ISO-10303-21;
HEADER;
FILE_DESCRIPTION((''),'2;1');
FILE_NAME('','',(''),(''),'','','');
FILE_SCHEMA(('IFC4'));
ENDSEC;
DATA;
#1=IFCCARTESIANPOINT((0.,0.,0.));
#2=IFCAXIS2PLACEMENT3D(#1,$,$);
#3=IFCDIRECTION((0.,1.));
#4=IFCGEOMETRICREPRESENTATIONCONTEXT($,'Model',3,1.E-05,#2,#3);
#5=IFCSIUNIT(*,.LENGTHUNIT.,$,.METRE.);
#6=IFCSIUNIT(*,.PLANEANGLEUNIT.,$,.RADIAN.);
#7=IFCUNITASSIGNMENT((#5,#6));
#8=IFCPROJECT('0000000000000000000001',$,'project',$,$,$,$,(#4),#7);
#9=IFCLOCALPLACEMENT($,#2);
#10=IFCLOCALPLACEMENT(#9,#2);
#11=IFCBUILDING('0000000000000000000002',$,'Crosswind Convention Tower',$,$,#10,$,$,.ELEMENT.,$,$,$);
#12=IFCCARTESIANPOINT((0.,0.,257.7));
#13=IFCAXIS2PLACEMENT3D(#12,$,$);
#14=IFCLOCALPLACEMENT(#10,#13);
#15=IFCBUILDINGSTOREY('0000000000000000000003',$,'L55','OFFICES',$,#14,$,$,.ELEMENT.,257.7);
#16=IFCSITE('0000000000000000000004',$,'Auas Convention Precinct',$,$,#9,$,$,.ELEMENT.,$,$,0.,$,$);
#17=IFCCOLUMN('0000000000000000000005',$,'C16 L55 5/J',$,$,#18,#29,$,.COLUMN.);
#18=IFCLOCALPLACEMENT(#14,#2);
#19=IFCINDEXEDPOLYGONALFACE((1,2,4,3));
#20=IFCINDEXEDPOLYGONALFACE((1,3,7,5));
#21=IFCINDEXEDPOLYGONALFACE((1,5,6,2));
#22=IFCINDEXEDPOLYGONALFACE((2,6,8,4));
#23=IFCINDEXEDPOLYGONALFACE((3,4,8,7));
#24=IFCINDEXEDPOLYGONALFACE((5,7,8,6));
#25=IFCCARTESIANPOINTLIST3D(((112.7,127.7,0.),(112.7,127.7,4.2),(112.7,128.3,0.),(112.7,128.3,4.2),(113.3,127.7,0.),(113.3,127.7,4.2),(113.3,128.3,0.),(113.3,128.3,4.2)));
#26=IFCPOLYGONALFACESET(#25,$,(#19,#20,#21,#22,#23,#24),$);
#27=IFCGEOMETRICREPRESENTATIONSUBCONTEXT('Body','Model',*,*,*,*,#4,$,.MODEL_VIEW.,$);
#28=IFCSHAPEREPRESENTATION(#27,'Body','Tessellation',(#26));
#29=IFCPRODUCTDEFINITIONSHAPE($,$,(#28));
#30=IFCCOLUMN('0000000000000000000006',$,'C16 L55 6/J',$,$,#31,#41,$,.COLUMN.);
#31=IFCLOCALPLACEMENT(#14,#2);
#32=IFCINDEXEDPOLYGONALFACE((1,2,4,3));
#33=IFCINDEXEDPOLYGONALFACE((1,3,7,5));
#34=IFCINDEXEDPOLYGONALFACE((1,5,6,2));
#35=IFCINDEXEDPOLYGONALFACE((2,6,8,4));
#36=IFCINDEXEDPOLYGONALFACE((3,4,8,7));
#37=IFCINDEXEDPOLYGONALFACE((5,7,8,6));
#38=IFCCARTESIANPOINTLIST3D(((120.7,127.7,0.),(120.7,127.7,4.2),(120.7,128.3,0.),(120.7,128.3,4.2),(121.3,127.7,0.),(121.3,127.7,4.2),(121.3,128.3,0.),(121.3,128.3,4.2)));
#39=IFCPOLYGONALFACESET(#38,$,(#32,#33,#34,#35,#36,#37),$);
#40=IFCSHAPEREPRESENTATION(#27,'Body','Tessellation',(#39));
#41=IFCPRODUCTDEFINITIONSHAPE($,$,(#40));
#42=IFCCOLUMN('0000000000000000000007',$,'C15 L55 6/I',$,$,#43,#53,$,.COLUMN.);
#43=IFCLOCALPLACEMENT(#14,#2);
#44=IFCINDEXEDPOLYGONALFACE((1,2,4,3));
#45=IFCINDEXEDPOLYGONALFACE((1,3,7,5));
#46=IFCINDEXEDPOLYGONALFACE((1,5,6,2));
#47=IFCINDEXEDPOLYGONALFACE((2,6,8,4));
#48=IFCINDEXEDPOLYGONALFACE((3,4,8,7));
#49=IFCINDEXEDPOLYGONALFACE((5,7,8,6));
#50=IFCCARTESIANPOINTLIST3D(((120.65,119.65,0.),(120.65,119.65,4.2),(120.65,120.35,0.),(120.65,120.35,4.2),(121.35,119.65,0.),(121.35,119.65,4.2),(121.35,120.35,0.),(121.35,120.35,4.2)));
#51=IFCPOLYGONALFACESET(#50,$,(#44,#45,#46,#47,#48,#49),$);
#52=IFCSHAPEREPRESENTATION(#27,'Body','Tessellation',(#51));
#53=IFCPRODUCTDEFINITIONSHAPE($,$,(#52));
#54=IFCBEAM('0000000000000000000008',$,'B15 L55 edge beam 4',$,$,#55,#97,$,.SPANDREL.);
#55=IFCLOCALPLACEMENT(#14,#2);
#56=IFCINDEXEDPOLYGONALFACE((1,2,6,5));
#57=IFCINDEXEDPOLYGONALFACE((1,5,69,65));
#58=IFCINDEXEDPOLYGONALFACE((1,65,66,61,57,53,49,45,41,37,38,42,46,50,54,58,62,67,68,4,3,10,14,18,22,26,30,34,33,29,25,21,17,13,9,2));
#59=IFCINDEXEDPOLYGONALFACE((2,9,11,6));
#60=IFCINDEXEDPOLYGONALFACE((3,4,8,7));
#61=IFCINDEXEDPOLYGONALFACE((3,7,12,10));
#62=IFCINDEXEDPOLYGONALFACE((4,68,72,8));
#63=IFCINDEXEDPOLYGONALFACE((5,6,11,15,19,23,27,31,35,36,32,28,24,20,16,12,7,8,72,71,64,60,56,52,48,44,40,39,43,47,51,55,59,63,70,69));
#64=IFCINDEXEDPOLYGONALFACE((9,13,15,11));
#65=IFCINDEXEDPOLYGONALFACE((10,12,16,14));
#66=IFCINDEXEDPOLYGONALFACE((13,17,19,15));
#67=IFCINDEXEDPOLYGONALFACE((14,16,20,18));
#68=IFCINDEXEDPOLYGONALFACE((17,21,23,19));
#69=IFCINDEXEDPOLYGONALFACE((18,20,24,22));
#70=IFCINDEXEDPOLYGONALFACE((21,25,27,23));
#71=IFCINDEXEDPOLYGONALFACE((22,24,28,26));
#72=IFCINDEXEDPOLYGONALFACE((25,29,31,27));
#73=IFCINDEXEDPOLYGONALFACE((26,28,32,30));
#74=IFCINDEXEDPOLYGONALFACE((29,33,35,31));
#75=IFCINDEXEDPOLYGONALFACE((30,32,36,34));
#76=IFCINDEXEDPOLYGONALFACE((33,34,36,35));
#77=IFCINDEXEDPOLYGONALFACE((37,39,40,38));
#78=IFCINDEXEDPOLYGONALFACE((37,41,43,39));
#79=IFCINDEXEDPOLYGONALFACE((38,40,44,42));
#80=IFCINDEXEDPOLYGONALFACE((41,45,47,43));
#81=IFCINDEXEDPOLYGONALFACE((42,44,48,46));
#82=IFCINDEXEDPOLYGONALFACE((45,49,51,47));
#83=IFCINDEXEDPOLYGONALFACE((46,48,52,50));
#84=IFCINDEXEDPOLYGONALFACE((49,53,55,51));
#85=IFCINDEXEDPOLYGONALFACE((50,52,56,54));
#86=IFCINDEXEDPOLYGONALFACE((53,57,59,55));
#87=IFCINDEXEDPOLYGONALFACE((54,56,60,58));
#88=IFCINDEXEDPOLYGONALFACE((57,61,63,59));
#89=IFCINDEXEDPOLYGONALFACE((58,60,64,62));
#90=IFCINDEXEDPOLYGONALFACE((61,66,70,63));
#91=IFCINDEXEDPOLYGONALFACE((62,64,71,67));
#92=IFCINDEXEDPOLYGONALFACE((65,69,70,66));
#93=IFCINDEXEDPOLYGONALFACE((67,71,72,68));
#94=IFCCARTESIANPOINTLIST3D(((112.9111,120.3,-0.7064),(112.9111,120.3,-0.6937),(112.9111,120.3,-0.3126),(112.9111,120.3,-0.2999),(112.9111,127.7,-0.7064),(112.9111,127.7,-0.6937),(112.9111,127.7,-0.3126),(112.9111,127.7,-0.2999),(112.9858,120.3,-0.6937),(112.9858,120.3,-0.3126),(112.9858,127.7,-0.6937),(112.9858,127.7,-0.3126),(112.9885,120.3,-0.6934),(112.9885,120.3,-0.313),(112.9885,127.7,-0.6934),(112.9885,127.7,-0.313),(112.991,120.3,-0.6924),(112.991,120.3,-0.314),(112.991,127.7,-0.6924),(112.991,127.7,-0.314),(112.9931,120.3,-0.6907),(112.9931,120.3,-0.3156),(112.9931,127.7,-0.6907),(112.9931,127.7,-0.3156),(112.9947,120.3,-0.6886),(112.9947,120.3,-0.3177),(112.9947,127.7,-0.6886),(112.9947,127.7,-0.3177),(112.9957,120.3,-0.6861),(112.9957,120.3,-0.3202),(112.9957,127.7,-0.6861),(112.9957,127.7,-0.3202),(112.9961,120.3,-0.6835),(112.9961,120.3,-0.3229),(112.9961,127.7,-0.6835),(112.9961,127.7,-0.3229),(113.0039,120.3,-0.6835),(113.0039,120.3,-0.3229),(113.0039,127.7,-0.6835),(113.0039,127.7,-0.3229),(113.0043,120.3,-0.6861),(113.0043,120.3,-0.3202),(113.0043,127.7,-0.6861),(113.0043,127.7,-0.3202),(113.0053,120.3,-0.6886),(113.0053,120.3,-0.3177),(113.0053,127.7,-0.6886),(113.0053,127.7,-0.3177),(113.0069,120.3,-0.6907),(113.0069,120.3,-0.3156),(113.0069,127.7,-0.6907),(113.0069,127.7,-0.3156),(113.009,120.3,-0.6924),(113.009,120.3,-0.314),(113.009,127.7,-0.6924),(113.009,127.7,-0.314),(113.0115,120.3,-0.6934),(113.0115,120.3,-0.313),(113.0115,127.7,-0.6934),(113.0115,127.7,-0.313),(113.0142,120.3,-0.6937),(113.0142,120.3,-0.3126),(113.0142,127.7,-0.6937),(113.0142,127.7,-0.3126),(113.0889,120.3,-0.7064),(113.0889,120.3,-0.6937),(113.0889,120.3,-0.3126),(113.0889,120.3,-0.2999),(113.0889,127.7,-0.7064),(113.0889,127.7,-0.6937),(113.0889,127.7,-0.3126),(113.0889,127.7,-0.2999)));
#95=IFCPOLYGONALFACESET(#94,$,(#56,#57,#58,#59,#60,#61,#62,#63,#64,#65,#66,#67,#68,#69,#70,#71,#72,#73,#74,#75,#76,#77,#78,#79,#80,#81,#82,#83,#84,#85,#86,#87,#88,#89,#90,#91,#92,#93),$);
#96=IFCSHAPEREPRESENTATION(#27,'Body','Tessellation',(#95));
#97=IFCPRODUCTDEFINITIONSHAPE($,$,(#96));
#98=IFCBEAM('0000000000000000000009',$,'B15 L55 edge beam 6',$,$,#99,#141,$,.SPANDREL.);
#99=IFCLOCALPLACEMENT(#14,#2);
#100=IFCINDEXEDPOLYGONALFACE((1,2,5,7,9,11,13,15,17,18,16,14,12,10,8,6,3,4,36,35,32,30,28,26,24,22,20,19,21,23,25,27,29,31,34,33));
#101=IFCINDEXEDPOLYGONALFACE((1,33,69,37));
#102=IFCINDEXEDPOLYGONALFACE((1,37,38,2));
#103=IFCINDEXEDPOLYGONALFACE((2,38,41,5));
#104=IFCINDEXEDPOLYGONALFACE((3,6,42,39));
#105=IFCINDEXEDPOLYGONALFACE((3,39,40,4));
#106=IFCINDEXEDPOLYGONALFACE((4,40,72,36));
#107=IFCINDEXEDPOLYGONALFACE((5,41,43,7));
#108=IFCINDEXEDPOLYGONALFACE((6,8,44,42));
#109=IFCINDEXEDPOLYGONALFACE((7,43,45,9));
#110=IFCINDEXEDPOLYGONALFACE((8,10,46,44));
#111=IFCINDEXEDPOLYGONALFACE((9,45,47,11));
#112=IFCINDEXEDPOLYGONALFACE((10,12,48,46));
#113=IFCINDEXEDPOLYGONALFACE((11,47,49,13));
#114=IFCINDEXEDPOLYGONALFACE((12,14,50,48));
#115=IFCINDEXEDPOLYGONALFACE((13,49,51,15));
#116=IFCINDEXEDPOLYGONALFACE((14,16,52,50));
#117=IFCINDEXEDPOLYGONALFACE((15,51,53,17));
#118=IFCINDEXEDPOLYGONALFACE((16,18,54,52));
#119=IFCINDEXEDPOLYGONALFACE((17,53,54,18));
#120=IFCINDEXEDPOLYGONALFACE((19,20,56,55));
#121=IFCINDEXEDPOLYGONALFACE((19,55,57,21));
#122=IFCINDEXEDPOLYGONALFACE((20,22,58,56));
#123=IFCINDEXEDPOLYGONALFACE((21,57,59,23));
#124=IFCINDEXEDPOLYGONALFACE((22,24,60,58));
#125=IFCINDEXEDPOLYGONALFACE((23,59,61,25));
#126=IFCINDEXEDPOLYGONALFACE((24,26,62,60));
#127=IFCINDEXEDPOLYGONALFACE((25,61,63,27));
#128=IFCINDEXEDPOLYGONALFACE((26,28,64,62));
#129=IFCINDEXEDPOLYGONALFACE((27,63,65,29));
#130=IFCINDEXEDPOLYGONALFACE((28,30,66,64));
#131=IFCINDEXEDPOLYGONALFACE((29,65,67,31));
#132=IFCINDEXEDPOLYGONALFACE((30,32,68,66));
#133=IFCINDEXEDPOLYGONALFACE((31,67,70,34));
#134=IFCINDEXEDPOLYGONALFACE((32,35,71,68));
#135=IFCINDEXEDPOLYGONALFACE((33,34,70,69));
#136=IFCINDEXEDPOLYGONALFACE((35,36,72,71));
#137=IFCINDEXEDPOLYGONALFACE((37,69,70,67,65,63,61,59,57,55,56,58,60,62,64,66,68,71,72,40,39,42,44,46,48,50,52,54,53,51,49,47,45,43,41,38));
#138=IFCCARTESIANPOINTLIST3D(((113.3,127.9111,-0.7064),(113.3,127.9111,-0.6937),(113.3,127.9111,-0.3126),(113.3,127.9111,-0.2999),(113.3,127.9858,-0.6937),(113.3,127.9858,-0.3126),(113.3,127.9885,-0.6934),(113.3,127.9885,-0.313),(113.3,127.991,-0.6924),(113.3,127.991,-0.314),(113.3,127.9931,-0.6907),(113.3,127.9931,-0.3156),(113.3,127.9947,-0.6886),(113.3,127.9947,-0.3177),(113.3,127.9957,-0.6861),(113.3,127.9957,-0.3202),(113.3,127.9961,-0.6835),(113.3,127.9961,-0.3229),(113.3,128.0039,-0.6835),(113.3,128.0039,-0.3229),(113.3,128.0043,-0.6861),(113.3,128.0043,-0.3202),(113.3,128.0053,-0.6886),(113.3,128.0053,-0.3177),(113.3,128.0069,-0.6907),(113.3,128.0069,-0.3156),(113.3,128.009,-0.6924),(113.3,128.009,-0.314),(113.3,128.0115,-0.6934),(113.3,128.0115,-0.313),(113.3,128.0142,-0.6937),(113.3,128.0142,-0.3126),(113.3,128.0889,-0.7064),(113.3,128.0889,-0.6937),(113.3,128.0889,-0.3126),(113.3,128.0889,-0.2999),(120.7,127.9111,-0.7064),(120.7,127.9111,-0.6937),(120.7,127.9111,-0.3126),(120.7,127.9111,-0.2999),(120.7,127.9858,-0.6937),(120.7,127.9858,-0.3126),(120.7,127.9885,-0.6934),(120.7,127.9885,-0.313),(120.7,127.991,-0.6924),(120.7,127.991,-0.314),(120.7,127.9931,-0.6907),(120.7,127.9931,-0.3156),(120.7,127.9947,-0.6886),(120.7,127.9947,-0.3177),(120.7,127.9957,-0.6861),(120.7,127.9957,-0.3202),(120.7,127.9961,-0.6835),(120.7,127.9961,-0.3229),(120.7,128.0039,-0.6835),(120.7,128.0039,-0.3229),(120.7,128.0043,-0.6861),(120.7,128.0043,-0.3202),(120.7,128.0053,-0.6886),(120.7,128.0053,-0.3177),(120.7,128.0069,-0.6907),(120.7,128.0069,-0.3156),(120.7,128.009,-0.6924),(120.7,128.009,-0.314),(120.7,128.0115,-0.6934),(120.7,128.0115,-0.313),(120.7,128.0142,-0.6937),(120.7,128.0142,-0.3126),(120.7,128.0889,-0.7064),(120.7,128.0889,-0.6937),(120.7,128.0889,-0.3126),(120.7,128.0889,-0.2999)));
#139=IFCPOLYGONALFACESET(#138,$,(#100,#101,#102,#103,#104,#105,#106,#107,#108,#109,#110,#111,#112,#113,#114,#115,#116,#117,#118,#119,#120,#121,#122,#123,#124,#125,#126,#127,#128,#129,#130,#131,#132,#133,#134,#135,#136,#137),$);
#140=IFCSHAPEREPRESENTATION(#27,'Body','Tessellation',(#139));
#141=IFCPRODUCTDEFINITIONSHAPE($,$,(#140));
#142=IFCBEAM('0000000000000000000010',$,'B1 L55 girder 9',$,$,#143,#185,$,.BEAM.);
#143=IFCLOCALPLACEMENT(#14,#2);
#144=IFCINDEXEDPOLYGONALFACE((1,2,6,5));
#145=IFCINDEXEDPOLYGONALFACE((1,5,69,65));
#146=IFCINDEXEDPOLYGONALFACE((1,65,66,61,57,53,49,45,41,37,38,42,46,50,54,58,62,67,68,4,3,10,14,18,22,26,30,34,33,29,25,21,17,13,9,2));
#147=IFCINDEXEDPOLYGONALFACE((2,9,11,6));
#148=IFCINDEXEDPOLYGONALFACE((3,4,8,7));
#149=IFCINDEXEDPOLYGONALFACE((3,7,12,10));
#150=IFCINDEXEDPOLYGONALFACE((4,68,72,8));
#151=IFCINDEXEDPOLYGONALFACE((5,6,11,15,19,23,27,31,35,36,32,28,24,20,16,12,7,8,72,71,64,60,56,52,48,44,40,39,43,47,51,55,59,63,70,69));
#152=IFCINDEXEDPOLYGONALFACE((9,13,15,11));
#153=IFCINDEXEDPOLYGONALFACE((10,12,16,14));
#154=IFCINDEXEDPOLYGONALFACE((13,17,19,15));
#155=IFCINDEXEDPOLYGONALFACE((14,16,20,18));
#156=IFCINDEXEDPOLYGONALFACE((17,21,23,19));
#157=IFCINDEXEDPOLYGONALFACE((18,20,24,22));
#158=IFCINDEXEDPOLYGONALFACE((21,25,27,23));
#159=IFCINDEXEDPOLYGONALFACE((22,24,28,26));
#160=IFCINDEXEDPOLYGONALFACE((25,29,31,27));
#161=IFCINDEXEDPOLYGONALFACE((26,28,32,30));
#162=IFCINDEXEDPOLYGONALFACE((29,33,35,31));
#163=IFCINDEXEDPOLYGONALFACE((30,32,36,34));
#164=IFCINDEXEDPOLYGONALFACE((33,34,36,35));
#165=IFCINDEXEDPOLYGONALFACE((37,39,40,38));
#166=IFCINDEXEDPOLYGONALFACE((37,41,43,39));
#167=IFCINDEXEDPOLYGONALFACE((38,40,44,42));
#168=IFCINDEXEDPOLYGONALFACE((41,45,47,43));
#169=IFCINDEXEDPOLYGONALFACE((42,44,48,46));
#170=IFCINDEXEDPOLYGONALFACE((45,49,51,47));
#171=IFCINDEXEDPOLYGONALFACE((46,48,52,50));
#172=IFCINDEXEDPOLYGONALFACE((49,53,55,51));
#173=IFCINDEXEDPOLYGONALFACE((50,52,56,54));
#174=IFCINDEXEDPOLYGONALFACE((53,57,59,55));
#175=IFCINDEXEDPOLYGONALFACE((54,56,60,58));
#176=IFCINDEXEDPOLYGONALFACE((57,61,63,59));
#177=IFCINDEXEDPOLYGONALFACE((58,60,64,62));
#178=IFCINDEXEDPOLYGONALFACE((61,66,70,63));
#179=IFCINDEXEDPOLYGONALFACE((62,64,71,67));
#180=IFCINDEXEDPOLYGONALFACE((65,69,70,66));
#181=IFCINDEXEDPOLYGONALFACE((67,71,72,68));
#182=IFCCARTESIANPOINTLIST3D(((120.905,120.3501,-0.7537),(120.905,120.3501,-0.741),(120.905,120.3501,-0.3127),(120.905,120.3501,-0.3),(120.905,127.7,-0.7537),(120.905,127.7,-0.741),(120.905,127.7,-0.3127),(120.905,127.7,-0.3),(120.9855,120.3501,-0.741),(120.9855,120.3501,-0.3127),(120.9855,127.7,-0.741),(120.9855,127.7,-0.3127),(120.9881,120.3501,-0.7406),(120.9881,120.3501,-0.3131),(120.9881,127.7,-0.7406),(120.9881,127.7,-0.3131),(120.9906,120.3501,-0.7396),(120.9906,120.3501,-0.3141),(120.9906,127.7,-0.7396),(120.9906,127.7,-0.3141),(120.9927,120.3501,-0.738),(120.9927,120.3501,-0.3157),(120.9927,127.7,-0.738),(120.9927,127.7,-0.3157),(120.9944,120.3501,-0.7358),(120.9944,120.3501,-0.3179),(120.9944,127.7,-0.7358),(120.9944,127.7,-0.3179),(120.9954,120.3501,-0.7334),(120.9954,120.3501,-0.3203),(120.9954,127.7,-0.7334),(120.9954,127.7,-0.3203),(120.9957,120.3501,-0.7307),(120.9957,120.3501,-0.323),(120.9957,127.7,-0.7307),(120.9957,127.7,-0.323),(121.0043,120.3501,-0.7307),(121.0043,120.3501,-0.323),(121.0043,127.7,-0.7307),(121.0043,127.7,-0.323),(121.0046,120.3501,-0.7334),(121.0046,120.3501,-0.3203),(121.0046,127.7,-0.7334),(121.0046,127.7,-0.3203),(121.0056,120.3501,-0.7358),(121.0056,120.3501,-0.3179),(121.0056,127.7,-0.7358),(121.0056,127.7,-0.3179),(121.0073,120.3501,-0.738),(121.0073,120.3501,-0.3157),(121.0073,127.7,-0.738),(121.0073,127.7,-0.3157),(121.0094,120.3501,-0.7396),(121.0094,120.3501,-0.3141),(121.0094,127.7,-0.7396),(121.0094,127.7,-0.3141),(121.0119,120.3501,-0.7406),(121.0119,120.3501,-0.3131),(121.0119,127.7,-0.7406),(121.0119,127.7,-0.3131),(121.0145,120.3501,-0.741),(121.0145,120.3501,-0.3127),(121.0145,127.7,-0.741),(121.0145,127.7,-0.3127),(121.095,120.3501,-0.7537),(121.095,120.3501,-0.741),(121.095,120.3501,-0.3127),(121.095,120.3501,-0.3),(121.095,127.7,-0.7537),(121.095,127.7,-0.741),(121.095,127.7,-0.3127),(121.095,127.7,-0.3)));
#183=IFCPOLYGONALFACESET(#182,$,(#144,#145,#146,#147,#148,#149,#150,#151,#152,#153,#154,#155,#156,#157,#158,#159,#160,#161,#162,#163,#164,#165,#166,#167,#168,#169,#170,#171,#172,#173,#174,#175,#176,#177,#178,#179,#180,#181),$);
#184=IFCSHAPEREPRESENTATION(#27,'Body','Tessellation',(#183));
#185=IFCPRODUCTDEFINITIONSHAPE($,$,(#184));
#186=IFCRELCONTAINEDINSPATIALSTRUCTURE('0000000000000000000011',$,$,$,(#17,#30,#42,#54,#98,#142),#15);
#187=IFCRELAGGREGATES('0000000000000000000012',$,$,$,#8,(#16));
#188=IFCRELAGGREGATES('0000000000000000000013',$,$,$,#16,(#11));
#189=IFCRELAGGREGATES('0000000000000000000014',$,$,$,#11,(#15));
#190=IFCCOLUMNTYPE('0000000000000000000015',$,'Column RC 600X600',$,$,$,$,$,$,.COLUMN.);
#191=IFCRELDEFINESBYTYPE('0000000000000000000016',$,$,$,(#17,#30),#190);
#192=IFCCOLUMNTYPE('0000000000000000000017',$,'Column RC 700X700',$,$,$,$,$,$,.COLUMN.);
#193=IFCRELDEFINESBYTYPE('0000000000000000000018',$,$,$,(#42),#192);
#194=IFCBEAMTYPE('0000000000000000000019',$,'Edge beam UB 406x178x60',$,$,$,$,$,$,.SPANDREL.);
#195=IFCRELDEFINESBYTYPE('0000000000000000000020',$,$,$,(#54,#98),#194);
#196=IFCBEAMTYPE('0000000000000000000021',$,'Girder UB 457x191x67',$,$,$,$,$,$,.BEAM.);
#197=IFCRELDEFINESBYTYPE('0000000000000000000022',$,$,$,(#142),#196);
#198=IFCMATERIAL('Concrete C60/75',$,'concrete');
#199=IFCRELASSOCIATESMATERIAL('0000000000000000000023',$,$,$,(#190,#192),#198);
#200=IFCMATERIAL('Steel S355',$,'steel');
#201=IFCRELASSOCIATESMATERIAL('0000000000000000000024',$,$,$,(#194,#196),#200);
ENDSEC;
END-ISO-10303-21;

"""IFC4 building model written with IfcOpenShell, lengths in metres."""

from ifc_helpers import new_model, si_unit, direction, frame, origin, origin_2d, place, context, subcontext, project, spatial, rectangle, i_section, extrude, material, material_profile, profile_set, type_object, element, save


model = new_model("IFC4")

# Units and contexts
model_context = context("Model", 3, precision=1e-05, world=origin(), true_north=direction((0.0, 1.0)))
body_context = subcontext(model_context, "Body", "Model", "MODEL_VIEW")
ifc_project = project(units=[si_unit("LENGTHUNIT", "METRE"), si_unit("PLANEANGLEUNIT", "RADIAN")], contexts=[model_context])

# Site, building, storey
site_placement = place(None, origin())
site = spatial("IfcSite", under=ifc_project, at=site_placement, Name="Auas Convention Precinct", CompositionType="ELEMENT", RefElevation=0.0)
building_placement = place(site_placement, origin())
building = spatial("IfcBuilding", under=site, at=building_placement, Name="Crosswind Convention Tower", CompositionType="ELEMENT")
storey_placement = place(building_placement, frame((0.0, 0.0, 257.7)))
storey = spatial("IfcBuildingStorey", under=building, at=storey_placement, Name="L55", Description="OFFICES", CompositionType="ELEMENT", Elevation=257.7)

# Columns
ifc_material_1 = material(Name="Concrete C60/75", Category="concrete")
ifc_material_profile_1 = material_profile(ifc_material_1, rectangle(XDim=0.6001, YDim=0.6001, at=origin_2d()), Name="RC 600X600")
ifc_profile_set_1 = profile_set([ifc_material_profile_1], Name="Concrete C60/75")
column_type_1 = type_object("IfcColumnType", Name="Column RC 600X600", PredefinedType="COLUMN", material=ifc_profile_set_1)
for number, where, z_axis, x_axis, name in (
    (1, (113.0, 128.0, 0.0), (0.0, 0.0, 1.0), (1.0, 0.0, 0.0), "C16 L55 5/J"),
    (2, (121.0, 128.0, 0.0), (0.0, 0.0, 1.0), (1.0, 0.0, 0.0), "C16 L55 6/J"),
):
    element("IfcColumn", number, at=place(storey_placement, frame(where, z_axis=z_axis, x_axis=x_axis)), inside=storey, type_object=column_type_1, Name=name, PredefinedType="COLUMN", context=body_context, shape_type="SweptSolid", body=[
        extrude(rectangle(XDim=0.6001, YDim=0.6001, at=origin_2d()), origin(), (0.0, 0.0, 1.0), 4.2),
    ])
ifc_material_profile_2 = material_profile(ifc_material_1, rectangle(XDim=0.7, YDim=0.7, at=origin_2d()), Name="RC 700X700")
ifc_profile_set_2 = profile_set([ifc_material_profile_2], Name="Concrete C60/75")
column_type_2 = type_object("IfcColumnType", Name="Column RC 700X700", PredefinedType="COLUMN", material=ifc_profile_set_2)
column_placement = place(storey_placement, frame((121.0, 120.0, 0.0), z_axis=(0.0, 0.0, 1.0), x_axis=(1.0, 0.0, 0.0)))
element("IfcColumn", 3, at=column_placement, inside=storey, type_object=column_type_2, Name="C15 L55 6/I", PredefinedType="COLUMN", context=body_context, shape_type="SweptSolid", body=[
    extrude(rectangle(XDim=0.7, YDim=0.7, at=origin_2d()), origin(), (0.0, 0.0, 1.0), 4.2),
])

# Beams
ifc_material_2 = material(Name="Steel S355", Category="steel")
ifc_material_profile_3 = material_profile(ifc_material_2, i_section(OverallWidth=0.1777, OverallDepth=0.4065, WebThickness=0.0078, FlangeThickness=0.0127, FilletRadius=0.0103, at=origin_2d()), Name="UB 406x178x60")
ifc_profile_set_3 = profile_set([ifc_material_profile_3], Name="Steel S355")
beam_type_1 = type_object("IfcBeamType", Name="Edge beam UB 406x178x60", PredefinedType="SPANDREL", material=ifc_profile_set_3)
for number, where, z_axis, x_axis, name in (
    (4, (113.0, 120.3, -0.5032), (0.0, 1.0, 0.0), (-1.0, 0.0, 0.0), "B15 L55 edge beam 4"),
    (5, (113.3, 128.0, -0.5032), (1.0, 0.0, 0.0), (0.0, 1.0, 0.0), "B15 L55 edge beam 6"),
):
    element("IfcBeam", number, at=place(storey_placement, frame(where, z_axis=z_axis, x_axis=x_axis)), inside=storey, type_object=beam_type_1, Name=name, PredefinedType="SPANDREL", context=body_context, shape_type="SweptSolid", body=[
        extrude(i_section(OverallWidth=0.1777, OverallDepth=0.4065, WebThickness=0.0078, FlangeThickness=0.0127, FilletRadius=0.0103, at=origin_2d()), origin(), (0.0, 0.0, 1.0), 7.3999),
    ])
ifc_material_profile_4 = material_profile(ifc_material_2, i_section(OverallWidth=0.1899, OverallDepth=0.4536, WebThickness=0.0085, FlangeThickness=0.0127, FilletRadius=0.0103, at=origin_2d()), Name="UB 457x191x67")
ifc_profile_set_4 = profile_set([ifc_material_profile_4], Name="Steel S355")
beam_type_2 = type_object("IfcBeamType", Name="Girder UB 457x191x67", PredefinedType="BEAM", material=ifc_profile_set_4)
beam_1_placement = place(storey_placement, frame((121.0, 120.3501, -0.5269), z_axis=(0.0, 1.0, 0.0), x_axis=(-1.0, 0.0, 0.0)))
element("IfcBeam", 6, at=beam_1_placement, inside=storey, type_object=beam_type_2, Name="B1 L55 girder 9", PredefinedType="BEAM", context=body_context, shape_type="SweptSolid", body=[
    extrude(i_section(OverallWidth=0.1899, OverallDepth=0.4536, WebThickness=0.0085, FlangeThickness=0.0127, FilletRadius=0.0103, at=origin_2d()), origin(), (0.0, 0.0, 1.0), 7.3499),
])

save(model, "model.ifc")
